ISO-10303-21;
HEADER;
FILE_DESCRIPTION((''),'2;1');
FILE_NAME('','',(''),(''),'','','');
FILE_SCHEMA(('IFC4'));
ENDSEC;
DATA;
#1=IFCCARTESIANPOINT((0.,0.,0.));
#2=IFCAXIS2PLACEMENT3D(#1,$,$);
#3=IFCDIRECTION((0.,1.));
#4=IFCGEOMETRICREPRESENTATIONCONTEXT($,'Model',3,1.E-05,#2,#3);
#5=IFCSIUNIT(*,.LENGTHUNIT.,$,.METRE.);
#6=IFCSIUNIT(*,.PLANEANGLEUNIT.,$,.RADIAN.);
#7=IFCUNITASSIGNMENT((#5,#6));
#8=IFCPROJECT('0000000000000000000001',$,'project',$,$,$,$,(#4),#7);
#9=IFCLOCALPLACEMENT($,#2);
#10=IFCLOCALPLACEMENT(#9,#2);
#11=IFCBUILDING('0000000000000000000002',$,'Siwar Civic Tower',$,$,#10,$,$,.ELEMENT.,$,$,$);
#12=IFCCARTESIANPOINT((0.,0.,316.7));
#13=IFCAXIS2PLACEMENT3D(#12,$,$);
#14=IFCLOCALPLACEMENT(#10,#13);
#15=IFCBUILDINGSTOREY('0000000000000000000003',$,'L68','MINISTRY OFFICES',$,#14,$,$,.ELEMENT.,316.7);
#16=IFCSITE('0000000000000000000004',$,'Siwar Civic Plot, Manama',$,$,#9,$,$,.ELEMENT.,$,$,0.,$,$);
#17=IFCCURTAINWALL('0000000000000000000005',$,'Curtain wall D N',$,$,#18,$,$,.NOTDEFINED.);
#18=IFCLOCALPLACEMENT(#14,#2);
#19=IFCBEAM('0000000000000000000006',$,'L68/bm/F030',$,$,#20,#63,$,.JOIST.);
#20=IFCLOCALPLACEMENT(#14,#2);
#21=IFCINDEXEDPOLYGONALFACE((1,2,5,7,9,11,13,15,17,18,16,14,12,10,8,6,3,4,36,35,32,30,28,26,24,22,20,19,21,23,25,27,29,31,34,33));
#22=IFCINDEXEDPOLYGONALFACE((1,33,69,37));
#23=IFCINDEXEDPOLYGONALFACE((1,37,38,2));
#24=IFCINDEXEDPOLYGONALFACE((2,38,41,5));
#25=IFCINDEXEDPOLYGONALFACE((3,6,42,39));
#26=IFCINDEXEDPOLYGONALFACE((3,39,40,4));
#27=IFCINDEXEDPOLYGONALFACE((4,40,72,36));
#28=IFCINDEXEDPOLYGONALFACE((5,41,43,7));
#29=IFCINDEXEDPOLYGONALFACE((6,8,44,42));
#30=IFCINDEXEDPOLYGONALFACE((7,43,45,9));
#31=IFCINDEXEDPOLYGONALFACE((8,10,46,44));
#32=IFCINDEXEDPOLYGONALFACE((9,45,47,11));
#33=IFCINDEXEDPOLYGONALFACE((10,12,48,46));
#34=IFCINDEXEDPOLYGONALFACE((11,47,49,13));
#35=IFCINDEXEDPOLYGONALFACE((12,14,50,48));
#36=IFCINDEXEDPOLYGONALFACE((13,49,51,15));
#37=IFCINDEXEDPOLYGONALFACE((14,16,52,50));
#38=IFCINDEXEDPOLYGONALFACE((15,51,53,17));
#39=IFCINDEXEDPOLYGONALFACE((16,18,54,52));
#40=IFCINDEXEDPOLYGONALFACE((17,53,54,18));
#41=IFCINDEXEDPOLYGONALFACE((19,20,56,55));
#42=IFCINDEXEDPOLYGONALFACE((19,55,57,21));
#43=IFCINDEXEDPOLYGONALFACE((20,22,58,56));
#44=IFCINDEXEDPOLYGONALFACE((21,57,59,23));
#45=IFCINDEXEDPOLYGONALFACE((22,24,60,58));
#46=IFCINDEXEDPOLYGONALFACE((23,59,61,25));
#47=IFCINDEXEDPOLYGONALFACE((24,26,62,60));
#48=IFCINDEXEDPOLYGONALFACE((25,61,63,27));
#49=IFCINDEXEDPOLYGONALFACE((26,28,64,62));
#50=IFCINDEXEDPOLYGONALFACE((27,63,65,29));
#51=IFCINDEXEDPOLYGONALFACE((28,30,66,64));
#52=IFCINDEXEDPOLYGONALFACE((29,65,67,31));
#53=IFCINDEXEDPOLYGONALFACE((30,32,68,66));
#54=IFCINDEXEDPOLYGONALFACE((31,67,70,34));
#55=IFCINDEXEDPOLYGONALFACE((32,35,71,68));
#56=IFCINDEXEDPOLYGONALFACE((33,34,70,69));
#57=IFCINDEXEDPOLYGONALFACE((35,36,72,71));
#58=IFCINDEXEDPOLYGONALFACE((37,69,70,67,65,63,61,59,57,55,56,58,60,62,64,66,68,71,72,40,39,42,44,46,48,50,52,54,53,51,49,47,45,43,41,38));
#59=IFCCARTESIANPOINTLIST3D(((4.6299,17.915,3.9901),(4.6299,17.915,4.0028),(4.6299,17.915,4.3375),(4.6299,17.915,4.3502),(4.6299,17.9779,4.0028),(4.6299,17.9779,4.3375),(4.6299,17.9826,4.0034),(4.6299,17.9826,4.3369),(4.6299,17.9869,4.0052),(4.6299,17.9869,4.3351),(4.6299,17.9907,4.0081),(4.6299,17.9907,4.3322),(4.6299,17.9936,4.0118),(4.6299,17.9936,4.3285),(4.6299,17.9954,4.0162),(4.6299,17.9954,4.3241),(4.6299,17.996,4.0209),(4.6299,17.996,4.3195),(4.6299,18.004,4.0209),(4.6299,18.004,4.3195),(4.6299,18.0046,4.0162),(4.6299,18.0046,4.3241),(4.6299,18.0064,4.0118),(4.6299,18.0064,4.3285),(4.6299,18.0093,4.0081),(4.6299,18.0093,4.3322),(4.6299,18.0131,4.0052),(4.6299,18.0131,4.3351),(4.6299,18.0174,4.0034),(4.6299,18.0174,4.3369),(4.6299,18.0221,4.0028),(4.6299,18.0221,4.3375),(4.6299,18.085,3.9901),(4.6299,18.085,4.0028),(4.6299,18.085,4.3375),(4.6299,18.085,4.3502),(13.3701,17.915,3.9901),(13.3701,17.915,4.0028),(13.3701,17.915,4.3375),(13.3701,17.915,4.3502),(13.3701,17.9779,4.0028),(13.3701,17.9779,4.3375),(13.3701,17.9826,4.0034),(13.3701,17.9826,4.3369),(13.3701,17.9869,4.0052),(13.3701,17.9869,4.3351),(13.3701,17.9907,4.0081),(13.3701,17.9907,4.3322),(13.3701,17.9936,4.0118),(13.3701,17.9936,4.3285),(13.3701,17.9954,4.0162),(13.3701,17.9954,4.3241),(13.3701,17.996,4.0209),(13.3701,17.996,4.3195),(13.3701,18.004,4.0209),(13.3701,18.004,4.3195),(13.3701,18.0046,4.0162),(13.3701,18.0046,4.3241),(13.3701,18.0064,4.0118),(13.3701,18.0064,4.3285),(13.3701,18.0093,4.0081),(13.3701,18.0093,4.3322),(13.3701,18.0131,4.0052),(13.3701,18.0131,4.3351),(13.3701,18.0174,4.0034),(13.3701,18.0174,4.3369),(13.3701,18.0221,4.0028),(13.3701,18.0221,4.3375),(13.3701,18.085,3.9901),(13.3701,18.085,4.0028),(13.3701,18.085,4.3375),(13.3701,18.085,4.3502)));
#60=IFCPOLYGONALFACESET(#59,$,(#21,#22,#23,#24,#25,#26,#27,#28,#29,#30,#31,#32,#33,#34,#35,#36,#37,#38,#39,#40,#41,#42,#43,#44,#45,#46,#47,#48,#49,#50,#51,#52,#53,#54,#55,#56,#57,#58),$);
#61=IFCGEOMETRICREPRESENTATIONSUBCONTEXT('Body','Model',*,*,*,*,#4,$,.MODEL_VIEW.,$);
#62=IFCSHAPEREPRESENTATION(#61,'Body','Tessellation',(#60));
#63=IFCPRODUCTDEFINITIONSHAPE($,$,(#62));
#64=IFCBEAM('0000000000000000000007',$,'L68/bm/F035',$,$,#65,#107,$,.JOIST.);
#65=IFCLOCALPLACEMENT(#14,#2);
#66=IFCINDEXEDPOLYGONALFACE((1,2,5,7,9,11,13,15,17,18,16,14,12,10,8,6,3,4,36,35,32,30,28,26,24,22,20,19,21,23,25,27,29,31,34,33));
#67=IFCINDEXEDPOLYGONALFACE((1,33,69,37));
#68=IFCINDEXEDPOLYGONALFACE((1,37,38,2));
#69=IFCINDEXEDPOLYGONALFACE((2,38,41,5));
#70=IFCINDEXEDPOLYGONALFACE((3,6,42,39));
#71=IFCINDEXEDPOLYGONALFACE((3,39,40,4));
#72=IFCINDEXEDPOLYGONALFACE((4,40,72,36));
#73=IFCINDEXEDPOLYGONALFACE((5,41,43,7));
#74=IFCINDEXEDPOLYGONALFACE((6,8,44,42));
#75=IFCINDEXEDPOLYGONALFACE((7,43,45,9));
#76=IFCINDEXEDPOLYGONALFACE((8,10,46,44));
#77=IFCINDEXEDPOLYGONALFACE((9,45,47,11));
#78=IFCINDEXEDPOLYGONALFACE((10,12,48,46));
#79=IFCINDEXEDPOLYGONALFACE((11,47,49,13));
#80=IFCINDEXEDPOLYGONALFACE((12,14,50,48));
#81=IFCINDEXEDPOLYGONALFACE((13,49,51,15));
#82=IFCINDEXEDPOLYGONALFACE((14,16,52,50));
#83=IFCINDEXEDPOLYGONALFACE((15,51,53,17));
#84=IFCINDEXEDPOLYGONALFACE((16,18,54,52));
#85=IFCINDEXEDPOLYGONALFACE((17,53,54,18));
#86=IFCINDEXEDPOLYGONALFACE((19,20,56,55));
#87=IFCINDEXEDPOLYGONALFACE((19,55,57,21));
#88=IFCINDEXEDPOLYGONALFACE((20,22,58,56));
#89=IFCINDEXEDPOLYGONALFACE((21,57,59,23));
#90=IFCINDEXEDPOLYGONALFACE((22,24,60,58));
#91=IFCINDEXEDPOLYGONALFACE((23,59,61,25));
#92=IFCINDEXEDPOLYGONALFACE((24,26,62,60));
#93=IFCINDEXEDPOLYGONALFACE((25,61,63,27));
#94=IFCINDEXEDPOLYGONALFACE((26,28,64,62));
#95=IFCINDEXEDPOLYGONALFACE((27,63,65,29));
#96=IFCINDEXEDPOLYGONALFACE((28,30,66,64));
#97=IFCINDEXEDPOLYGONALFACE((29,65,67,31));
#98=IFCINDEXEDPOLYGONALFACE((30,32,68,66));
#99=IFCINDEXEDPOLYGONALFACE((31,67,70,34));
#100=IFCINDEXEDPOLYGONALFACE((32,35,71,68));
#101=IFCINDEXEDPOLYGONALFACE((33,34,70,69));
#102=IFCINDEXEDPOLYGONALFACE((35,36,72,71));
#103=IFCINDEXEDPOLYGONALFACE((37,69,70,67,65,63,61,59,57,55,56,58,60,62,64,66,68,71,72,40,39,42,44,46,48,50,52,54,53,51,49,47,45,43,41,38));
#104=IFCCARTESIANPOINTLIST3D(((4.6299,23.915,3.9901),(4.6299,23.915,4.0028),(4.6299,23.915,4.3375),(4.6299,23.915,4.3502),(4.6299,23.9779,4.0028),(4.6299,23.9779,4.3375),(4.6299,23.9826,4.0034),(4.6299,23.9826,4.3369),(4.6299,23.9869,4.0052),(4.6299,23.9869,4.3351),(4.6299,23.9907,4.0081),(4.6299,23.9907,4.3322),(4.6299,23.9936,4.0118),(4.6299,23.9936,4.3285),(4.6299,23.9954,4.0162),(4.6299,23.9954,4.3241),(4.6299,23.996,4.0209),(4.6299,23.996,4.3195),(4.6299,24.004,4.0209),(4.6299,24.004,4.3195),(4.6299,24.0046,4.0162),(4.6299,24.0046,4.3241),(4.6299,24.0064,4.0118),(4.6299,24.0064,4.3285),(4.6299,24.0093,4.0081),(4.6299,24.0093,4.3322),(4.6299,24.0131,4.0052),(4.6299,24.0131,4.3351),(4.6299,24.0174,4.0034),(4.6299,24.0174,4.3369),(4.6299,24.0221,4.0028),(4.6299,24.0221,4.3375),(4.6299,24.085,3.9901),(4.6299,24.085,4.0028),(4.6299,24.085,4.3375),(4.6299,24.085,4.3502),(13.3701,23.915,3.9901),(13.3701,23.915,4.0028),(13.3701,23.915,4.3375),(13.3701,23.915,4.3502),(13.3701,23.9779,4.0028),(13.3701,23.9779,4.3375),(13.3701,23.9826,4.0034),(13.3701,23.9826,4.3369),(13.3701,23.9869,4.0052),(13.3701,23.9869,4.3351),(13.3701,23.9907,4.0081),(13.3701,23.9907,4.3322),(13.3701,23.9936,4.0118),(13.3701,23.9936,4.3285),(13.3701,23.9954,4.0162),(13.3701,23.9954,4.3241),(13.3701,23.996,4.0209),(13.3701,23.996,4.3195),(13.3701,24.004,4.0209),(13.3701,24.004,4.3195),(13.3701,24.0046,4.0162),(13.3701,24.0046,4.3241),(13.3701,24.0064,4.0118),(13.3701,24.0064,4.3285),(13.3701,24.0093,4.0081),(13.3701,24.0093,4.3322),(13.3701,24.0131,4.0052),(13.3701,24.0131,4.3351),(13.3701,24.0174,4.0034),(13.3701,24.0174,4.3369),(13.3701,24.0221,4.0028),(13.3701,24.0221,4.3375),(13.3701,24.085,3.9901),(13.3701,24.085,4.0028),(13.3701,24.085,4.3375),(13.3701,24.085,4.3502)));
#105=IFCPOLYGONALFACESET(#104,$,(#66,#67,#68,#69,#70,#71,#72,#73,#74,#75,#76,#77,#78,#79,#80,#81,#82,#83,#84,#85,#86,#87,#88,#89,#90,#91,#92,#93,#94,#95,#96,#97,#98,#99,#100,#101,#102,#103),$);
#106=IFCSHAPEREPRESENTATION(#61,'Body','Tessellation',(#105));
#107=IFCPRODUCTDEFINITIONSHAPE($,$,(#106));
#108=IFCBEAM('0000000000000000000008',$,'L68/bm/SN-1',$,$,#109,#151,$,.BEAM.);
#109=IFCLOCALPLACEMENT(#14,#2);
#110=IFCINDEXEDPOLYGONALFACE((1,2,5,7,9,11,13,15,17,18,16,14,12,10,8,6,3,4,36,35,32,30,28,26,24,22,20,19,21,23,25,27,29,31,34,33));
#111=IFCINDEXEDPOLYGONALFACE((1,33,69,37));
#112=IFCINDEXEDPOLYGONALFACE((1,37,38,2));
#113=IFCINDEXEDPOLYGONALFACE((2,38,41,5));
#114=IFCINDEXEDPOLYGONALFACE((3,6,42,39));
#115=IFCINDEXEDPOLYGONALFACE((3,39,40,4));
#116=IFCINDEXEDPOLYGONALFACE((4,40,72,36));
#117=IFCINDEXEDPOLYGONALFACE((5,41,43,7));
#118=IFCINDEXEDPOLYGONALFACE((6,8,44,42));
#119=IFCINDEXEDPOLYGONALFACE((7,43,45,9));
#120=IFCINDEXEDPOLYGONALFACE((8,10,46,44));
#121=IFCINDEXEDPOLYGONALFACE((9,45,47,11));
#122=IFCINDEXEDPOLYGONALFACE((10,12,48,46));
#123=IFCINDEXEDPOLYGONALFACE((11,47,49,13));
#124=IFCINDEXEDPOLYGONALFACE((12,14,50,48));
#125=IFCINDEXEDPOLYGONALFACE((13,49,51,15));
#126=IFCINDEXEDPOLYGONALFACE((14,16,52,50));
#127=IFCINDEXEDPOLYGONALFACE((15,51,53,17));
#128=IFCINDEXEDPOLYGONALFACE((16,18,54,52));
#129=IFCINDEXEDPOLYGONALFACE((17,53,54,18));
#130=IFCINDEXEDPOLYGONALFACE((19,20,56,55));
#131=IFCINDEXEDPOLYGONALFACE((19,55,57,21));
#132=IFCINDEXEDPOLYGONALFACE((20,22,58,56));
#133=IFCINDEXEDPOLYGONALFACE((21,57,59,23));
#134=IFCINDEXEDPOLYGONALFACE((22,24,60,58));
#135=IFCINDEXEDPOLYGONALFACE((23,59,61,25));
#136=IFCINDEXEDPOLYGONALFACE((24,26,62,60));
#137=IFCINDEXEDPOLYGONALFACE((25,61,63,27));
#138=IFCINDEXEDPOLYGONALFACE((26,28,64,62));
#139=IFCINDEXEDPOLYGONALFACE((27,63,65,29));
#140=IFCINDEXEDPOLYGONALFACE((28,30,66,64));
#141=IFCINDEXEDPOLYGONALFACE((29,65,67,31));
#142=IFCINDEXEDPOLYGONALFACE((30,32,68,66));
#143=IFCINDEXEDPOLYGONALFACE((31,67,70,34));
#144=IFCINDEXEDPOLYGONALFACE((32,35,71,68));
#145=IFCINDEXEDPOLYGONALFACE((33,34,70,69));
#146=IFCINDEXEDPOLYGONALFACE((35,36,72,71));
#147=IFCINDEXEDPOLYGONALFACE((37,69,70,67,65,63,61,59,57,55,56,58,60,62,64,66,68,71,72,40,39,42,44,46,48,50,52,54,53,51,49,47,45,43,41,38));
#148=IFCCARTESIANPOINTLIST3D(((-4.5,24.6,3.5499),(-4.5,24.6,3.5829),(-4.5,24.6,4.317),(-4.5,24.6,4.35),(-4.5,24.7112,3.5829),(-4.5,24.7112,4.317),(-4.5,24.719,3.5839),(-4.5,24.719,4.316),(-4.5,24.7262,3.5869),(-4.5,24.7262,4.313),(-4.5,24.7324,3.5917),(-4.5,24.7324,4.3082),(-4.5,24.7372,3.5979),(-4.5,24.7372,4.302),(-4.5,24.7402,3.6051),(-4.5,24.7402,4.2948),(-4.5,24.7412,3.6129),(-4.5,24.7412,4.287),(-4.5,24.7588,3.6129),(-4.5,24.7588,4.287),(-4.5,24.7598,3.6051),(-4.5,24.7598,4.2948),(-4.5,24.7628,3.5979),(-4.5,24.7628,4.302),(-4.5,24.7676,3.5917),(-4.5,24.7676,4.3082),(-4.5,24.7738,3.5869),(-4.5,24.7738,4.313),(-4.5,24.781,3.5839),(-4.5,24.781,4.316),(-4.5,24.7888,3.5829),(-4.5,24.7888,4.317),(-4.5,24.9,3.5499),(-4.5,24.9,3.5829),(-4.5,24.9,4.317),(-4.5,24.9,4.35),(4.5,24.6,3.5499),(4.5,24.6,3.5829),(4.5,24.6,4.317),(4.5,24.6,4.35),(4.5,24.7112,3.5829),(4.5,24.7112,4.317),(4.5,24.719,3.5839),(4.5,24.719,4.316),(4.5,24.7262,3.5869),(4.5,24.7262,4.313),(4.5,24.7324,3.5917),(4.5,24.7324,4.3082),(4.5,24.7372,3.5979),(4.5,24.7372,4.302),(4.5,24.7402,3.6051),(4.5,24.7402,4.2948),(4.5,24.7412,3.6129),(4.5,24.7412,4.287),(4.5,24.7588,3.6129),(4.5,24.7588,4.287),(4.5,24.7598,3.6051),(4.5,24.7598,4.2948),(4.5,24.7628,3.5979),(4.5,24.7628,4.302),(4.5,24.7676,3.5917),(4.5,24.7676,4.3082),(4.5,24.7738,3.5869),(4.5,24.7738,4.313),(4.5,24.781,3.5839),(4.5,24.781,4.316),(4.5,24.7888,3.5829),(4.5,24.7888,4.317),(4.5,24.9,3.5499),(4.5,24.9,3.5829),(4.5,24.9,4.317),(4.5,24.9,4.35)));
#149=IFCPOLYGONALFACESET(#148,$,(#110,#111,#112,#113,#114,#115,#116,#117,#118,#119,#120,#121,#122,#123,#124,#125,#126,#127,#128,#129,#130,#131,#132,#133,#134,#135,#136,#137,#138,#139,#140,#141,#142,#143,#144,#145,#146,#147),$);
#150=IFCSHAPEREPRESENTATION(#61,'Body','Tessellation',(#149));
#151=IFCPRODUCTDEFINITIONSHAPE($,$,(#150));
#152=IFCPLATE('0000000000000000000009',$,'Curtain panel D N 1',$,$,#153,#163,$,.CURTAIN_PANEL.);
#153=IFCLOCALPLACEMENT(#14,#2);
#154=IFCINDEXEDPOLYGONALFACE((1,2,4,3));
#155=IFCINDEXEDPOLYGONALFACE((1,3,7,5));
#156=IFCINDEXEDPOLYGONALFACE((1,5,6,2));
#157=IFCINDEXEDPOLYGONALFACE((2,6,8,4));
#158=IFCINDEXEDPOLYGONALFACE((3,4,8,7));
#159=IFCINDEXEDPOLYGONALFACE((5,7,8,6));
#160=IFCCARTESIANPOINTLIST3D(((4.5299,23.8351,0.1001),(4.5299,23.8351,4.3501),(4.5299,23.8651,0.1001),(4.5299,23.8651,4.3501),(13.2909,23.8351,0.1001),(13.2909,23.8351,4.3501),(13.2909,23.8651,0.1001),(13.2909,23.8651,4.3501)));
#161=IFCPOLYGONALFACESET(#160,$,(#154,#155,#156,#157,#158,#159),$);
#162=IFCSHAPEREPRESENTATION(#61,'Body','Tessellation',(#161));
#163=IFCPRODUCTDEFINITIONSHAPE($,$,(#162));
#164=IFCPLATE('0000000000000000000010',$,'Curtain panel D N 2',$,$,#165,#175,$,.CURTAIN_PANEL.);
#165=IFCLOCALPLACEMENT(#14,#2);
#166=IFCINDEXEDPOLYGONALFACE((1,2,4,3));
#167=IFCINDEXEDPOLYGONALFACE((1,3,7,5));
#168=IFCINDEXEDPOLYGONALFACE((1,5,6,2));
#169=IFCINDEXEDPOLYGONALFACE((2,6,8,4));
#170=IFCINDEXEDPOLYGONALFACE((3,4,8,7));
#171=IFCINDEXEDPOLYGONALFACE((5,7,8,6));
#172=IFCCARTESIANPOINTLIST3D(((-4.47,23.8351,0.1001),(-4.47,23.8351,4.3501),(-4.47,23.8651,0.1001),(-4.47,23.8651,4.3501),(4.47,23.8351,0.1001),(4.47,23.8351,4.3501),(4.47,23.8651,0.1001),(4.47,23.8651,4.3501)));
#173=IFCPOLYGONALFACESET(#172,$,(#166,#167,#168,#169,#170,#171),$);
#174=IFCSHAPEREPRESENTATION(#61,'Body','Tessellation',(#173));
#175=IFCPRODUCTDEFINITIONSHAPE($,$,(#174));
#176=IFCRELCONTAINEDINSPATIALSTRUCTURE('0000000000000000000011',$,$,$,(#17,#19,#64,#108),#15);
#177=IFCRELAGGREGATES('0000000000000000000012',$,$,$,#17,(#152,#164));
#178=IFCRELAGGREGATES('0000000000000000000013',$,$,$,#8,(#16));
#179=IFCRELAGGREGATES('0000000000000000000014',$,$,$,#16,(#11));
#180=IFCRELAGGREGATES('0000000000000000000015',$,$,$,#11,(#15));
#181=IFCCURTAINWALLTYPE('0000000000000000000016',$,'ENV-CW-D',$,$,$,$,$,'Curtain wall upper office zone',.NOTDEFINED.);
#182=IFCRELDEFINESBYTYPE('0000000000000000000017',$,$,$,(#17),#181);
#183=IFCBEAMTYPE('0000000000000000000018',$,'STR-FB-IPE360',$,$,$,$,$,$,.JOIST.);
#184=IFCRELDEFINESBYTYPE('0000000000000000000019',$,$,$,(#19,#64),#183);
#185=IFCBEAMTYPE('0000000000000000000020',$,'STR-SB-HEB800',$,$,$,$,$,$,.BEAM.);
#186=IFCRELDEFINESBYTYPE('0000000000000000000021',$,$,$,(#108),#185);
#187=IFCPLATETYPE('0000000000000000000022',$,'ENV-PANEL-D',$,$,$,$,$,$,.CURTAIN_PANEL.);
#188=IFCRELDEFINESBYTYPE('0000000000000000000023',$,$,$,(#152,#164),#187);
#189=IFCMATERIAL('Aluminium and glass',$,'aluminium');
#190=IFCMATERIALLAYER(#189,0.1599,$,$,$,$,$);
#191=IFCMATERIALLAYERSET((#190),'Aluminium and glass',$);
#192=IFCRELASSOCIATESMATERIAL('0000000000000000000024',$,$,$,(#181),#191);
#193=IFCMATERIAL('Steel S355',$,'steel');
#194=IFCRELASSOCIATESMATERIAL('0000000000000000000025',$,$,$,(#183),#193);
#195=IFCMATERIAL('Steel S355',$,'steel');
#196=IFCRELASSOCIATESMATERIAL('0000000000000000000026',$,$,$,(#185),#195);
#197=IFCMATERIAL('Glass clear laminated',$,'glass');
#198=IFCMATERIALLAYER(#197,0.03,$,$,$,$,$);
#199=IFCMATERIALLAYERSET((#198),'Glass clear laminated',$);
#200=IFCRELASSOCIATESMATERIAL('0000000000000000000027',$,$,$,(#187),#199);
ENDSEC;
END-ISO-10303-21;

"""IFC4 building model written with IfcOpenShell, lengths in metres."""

from ifc_helpers import new_model, si_unit, direction, frame, origin, origin_2d, place, context, subcontext, project, spatial, rectangle, i_section, extrude, material, layer, layer_set, material_profile, profile_set, type_object, element, aggregate, save


model = new_model("IFC4")

# Units and contexts
model_context = context("Model", 3, precision=1e-05, world=origin(), true_north=direction((0.0, 1.0)))
body_context = subcontext(model_context, "Body", "Model", "MODEL_VIEW")
ifc_project = project(units=[si_unit("LENGTHUNIT", "METRE"), si_unit("PLANEANGLEUNIT", "RADIAN")], contexts=[model_context])

# Site, building, storey
site_placement = place(None, origin())
site = spatial("IfcSite", under=ifc_project, at=site_placement, Name="Siwar Civic Plot, Manama", CompositionType="ELEMENT", RefElevation=0.0)
building_placement = place(site_placement, origin())
building = spatial("IfcBuilding", under=site, at=building_placement, Name="Siwar Civic Tower", CompositionType="ELEMENT")
storey_placement = place(building_placement, frame((0.0, 0.0, 316.7)))
storey = spatial("IfcBuildingStorey", under=building, at=storey_placement, Name="L68", Description="MINISTRY OFFICES", CompositionType="ELEMENT", Elevation=316.7)

# Curtain wall
ifc_material_1 = material(Name="Aluminium and glass", Category="aluminium")
ifc_layer_1 = layer(ifc_material_1, 0.1599)
ifc_layer_set_1 = layer_set([ifc_layer_1], Name="Aluminium and glass")
curtain_wall_type_1 = type_object("IfcCurtainWallType", Name="ENV-CW-D", ElementType="Curtain wall upper office zone", PredefinedType="NOTDEFINED", material=ifc_layer_set_1)
curtain_wall_1_placement = place(storey_placement, origin())
curtain_wall_1 = element("IfcCurtainWall", 1, at=curtain_wall_1_placement, inside=storey, type_object=curtain_wall_type_1, Name="Curtain wall D N", PredefinedType="NOTDEFINED")

# Beams
ifc_material_2 = material(Name="Steel S355", Category="steel")
ifc_material_profile_1 = material_profile(ifc_material_2, i_section(OverallWidth=0.1699, OverallDepth=0.3601, WebThickness=0.0081, FlangeThickness=0.0127, FilletRadius=0.0181, at=origin_2d()), Name="IPE360")
ifc_profile_set_1 = profile_set([ifc_material_profile_1], Name="Steel S355")
beam_type_1 = type_object("IfcBeamType", Name="STR-FB-IPE360", PredefinedType="JOIST", material=ifc_profile_set_1)
for number, where, z_axis, x_axis, name in (
    (2, (4.6299, 18.0, 4.1702), (1.0, 0.0, 0.0), (0.0, 1.0, 0.0), "L68/bm/F030"),
    (3, (4.6299, 24.0, 4.1702), (1.0, 0.0, 0.0), (0.0, 1.0, 0.0), "L68/bm/F035"),
):
    element("IfcBeam", number, at=place(storey_placement, frame(where, z_axis=z_axis, x_axis=x_axis)), inside=storey, type_object=beam_type_1, Name=name, PredefinedType="JOIST", context=body_context, shape_type="SweptSolid", body=[
        extrude(i_section(OverallWidth=0.1699, OverallDepth=0.3601, WebThickness=0.0081, FlangeThickness=0.0127, FilletRadius=0.0181, at=origin_2d()), origin(), (0.0, 0.0, 1.0), 8.7402),
    ])
ifc_material_3 = material(Name="Steel S355", Category="steel")
ifc_material_profile_2 = material_profile(ifc_material_3, i_section(OverallWidth=0.3, OverallDepth=0.8, WebThickness=0.0176, FlangeThickness=0.033, FilletRadius=0.03, at=origin_2d()), Name="HEB800")
ifc_profile_set_2 = profile_set([ifc_material_profile_2], Name="Steel S355")
beam_type_2 = type_object("IfcBeamType", Name="STR-SB-HEB800", PredefinedType="BEAM", material=ifc_profile_set_2)
beam_1_placement = place(storey_placement, frame((4.5, 24.75, 3.95), z_axis=(-1.0, 0.0, 0.0), x_axis=(0.0, -1.0, 0.0)))
element("IfcBeam", 4, at=beam_1_placement, inside=storey, type_object=beam_type_2, Name="L68/bm/SN-1", PredefinedType="BEAM", context=body_context, shape_type="SweptSolid", body=[
    extrude(i_section(OverallWidth=0.3, OverallDepth=0.8, WebThickness=0.0176, FlangeThickness=0.033, FilletRadius=0.03, at=origin_2d()), origin(), (0.0, 0.0, 1.0), 9.0),
])

# Plates
ifc_material_4 = material(Name="Glass clear laminated", Category="glass")
ifc_layer_2 = layer(ifc_material_4, 0.03)
ifc_layer_set_2 = layer_set([ifc_layer_2], Name="Glass clear laminated")
plate_type = type_object("IfcPlateType", Name="ENV-PANEL-D", PredefinedType="CURTAIN_PANEL", material=ifc_layer_set_2)
plate_1_placement = place(storey_placement, frame((8.9104, 23.8501, 0.1001), z_axis=(0.0, 0.0, 1.0), x_axis=(-1.0, 0.0, 0.0)))
plate_1 = element("IfcPlate", 5, at=plate_1_placement, type_object=plate_type, Name="Curtain panel D N 1", PredefinedType="CURTAIN_PANEL", context=body_context, shape_type="SweptSolid", body=[
    extrude(rectangle(XDim=8.761, YDim=0.03, at=origin_2d()), origin(), (0.0, 0.0, 1.0), 4.25),
])
plate_2_placement = place(storey_placement, frame((0.0, 23.8501, 0.1001), z_axis=(0.0, 0.0, 1.0), x_axis=(-1.0, 0.0, 0.0)))
plate_2 = element("IfcPlate", 6, at=plate_2_placement, type_object=plate_type, Name="Curtain panel D N 2", PredefinedType="CURTAIN_PANEL", context=body_context, shape_type="SweptSolid", body=[
    extrude(rectangle(XDim=8.9399, YDim=0.03, at=origin_2d()), origin(), (0.0, 0.0, 1.0), 4.25),
])
aggregate(curtain_wall_1, [plate_1, plate_2])

save(model, "model.ifc")
